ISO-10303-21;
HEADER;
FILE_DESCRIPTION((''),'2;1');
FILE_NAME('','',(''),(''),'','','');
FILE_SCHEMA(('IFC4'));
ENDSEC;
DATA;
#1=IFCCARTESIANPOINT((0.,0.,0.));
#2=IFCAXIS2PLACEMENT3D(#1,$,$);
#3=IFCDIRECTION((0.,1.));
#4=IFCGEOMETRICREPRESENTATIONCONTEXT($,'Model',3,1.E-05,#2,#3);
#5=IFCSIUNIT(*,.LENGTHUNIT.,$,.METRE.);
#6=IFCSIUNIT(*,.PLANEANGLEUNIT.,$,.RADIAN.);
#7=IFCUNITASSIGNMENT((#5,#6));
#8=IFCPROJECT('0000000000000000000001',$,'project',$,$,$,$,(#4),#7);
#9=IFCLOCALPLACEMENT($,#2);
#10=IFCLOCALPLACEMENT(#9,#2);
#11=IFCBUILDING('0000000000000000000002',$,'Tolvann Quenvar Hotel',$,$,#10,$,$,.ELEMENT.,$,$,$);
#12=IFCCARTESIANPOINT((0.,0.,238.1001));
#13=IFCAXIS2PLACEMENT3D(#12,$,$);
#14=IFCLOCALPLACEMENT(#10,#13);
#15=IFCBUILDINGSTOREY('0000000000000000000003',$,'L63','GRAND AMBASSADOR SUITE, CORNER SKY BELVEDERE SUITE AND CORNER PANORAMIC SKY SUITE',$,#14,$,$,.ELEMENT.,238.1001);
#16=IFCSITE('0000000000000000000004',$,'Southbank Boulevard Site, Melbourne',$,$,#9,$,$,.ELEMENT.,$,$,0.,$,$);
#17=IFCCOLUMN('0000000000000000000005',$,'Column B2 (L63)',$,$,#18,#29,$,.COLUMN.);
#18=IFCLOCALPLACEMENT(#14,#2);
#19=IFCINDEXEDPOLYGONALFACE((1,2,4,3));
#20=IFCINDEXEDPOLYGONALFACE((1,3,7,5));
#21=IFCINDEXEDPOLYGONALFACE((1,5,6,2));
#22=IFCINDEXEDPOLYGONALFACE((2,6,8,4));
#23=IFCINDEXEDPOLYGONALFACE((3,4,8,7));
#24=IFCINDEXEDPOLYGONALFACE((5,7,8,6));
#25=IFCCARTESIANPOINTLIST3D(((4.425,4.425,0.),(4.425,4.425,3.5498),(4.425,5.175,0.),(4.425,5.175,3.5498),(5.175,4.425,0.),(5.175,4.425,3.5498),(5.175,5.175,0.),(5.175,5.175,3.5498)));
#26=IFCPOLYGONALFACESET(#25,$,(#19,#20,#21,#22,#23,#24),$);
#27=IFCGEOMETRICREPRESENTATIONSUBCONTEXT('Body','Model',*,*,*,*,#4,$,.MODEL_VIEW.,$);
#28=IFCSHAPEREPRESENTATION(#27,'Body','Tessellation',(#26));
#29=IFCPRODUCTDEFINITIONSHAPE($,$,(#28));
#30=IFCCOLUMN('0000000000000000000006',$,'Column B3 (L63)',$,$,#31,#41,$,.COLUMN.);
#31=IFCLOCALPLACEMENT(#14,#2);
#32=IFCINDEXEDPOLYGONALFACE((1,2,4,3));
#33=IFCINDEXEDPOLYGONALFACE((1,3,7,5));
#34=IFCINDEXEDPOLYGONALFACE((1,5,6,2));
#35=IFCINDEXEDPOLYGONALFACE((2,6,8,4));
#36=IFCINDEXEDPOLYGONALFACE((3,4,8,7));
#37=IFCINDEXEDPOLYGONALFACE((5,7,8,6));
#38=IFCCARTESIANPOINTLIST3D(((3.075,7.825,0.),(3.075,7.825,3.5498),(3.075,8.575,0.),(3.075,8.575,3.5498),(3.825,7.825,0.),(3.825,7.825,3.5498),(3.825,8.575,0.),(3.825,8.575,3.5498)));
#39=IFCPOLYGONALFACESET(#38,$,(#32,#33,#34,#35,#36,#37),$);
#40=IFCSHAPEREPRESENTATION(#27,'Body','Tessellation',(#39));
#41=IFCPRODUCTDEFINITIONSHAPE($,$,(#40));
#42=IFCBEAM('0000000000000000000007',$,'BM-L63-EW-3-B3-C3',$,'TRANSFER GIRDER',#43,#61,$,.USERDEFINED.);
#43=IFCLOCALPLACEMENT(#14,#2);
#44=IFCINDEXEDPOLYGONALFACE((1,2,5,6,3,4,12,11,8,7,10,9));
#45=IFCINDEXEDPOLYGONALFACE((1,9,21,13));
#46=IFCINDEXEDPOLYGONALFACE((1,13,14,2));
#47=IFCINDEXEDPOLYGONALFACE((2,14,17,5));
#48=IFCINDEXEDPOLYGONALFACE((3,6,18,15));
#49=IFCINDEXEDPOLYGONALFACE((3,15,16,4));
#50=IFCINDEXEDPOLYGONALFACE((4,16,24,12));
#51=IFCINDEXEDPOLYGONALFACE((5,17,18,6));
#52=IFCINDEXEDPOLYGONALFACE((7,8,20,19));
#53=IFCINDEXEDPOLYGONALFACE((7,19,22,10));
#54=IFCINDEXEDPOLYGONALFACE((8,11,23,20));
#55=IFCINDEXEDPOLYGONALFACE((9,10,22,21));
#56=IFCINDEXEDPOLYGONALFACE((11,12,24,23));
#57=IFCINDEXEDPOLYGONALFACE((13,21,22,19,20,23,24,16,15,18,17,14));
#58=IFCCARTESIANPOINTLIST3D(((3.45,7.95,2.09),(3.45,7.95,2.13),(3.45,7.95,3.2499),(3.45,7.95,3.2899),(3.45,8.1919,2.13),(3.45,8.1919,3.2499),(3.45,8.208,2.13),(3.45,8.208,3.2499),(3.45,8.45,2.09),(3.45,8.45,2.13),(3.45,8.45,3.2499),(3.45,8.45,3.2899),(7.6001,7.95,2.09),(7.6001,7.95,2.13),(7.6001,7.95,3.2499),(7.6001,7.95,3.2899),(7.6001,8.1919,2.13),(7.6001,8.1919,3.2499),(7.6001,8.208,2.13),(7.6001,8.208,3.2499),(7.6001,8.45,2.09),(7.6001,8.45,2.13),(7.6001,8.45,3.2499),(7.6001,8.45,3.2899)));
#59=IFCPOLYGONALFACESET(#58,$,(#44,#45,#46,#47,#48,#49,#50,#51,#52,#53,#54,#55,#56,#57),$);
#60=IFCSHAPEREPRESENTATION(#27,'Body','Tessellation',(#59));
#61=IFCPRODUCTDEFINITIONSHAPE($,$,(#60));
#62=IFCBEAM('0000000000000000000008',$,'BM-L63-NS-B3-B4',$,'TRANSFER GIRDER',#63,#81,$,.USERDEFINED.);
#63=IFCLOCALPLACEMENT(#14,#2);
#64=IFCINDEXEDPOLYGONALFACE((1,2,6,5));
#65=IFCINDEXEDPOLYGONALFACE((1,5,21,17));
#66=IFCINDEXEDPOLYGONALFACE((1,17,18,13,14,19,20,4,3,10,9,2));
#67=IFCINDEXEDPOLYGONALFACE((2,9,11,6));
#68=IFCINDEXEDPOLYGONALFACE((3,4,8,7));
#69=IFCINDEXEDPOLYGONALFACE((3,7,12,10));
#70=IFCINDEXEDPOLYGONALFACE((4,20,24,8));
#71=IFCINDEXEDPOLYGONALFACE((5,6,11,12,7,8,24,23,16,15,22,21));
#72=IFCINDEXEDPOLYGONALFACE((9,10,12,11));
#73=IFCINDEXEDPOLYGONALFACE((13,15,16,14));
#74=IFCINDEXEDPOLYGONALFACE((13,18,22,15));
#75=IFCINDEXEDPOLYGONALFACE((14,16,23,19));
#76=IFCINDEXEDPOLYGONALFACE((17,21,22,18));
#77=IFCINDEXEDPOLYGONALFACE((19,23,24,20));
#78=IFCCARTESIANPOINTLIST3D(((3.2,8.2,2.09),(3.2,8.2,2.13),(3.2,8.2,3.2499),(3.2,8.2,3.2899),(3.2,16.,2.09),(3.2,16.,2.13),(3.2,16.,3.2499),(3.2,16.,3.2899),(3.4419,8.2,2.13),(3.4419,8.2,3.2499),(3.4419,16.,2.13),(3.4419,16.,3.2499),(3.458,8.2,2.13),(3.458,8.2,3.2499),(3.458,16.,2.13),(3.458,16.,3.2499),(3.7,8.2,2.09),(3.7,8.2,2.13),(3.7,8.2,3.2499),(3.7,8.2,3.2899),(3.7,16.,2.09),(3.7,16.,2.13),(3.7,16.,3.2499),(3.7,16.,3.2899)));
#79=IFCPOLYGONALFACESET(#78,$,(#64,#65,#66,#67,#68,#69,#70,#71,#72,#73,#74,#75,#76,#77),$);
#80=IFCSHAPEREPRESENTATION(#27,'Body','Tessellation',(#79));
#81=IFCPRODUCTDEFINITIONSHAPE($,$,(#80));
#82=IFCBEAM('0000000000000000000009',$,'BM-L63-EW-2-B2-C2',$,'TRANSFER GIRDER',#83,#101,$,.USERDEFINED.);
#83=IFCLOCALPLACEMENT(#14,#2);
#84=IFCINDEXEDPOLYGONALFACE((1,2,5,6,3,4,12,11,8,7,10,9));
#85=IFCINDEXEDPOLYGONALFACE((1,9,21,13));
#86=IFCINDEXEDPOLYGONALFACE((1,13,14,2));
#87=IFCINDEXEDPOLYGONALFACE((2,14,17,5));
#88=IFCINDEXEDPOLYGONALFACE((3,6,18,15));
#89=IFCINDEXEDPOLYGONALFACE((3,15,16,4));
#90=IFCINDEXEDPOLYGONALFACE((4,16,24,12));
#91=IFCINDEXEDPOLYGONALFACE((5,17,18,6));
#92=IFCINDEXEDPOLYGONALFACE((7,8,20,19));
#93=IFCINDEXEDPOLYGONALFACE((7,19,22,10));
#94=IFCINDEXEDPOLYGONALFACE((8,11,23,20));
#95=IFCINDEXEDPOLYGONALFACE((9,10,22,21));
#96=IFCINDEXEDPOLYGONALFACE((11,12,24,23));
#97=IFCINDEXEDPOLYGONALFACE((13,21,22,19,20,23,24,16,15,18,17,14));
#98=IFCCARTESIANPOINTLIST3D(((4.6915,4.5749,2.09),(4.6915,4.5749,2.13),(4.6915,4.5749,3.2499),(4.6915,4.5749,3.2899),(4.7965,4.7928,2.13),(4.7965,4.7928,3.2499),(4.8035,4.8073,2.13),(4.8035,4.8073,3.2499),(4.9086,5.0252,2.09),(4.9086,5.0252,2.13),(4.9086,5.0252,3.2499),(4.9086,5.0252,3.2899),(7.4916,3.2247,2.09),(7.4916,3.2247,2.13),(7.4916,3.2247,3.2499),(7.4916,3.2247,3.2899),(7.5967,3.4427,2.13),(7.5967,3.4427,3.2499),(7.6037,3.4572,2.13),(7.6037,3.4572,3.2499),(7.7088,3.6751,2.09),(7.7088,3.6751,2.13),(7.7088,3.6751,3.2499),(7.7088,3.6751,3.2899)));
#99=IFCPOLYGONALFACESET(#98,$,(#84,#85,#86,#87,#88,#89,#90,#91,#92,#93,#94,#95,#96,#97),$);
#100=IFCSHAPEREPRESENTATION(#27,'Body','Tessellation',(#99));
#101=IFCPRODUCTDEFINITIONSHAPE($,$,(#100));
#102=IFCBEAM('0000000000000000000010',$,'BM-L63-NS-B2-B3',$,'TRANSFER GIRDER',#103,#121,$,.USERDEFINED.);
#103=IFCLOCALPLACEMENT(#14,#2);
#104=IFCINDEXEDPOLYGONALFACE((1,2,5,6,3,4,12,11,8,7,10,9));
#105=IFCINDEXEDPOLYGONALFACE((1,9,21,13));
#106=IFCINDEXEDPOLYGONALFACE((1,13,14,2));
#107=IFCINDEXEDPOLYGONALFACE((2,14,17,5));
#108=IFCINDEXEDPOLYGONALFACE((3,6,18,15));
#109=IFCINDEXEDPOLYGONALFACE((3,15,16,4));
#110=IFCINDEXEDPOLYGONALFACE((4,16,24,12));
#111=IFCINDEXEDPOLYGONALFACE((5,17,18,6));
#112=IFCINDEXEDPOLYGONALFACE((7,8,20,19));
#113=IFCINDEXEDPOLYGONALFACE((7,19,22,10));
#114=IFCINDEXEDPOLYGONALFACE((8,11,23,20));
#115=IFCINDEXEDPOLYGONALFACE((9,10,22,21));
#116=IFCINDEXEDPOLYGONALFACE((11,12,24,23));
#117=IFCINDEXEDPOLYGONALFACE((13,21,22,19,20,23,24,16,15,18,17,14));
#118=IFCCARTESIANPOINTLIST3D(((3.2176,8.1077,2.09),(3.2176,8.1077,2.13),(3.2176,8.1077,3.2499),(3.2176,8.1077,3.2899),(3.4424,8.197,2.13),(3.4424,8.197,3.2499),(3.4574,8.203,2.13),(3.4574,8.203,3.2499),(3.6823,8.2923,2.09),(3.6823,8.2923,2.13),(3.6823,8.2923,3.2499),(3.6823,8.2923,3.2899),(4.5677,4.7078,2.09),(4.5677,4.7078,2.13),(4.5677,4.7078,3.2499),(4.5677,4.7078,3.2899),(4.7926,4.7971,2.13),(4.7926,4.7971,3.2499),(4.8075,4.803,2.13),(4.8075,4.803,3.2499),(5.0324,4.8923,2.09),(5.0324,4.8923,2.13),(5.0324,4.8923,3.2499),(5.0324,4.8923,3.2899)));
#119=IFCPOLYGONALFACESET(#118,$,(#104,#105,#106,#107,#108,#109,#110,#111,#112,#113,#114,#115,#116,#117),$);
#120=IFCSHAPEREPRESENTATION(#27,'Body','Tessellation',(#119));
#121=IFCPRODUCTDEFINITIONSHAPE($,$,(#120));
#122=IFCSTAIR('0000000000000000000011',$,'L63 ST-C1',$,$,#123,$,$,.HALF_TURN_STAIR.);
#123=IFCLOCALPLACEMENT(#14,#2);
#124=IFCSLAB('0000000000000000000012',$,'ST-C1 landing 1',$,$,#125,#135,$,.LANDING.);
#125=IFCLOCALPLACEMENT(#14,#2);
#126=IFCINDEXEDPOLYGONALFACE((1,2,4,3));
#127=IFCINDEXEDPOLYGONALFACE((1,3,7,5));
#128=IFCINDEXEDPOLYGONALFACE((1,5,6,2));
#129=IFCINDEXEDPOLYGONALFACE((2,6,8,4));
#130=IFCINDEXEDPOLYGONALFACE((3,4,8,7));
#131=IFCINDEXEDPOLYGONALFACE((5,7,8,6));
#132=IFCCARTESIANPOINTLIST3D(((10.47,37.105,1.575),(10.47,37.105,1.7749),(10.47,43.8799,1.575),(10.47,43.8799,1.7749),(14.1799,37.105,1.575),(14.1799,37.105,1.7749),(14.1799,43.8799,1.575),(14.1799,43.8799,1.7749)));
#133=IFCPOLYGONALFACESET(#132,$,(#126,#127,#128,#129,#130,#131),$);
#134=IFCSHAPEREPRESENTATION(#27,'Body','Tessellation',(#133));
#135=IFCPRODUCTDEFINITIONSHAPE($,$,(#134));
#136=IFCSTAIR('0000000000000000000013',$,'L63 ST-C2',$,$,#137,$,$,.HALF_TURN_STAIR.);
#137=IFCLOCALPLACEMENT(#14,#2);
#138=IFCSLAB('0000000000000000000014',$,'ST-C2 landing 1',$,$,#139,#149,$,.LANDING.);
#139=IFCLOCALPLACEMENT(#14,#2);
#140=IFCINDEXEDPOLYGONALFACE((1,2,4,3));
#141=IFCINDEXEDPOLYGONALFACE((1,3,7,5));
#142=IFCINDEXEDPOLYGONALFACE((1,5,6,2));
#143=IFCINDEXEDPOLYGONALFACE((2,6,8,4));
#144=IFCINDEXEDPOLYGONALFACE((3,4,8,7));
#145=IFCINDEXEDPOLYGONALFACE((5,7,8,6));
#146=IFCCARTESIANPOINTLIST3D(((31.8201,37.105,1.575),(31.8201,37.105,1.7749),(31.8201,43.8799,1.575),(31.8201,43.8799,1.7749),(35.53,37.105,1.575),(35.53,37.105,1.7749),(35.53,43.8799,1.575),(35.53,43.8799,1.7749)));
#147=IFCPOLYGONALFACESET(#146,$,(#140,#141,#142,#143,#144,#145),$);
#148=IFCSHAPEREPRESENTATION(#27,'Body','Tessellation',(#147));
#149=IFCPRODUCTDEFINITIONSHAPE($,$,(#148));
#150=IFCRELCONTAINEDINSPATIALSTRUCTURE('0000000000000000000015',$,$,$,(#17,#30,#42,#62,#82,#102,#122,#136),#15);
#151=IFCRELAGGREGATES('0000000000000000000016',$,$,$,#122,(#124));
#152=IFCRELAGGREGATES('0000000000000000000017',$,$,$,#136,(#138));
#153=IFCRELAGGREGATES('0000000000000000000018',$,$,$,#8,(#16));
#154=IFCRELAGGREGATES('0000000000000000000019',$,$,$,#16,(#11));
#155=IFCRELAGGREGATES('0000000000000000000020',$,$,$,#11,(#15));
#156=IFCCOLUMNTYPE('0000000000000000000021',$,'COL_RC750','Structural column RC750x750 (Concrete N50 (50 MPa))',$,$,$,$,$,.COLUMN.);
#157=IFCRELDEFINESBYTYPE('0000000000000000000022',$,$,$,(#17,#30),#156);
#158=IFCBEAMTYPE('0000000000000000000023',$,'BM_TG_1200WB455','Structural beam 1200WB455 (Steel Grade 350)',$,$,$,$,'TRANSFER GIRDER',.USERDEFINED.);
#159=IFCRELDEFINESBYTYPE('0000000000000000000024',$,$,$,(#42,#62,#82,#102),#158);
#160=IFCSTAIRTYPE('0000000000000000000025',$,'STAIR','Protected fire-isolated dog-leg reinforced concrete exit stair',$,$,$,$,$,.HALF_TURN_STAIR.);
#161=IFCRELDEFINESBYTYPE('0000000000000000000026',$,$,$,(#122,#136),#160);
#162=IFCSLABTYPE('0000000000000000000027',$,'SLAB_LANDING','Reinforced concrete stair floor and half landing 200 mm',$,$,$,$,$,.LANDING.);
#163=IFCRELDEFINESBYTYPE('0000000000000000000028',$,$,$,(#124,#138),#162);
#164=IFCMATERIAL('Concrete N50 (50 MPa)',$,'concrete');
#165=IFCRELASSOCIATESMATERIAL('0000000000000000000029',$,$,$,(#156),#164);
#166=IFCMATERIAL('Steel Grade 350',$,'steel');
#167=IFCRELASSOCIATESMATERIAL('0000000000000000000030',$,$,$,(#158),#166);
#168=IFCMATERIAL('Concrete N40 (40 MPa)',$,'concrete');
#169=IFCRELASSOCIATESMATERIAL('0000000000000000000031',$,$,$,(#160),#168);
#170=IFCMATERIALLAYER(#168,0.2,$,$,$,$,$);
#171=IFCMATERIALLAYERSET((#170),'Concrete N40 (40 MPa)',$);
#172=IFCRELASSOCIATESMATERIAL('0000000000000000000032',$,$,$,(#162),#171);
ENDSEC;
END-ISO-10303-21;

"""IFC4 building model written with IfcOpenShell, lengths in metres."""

from ifc_helpers import new_model, si_unit, direction, frame, origin, origin_2d, place, context, subcontext, project, spatial, polyline, rectangle, i_section, outline, extrude, source, transform, mapped, material, layer, layer_set, material_profile, profile_set, type_object, type_shapes, element, aggregate, save


model = new_model("IFC4")

# Units and contexts
model_context = context("Model", 3, precision=1e-05, world=origin(), true_north=direction((0.0, 1.0)))
body_context = subcontext(model_context, "Body", "Model", "MODEL_VIEW")
ifc_project = project(units=[si_unit("LENGTHUNIT", "METRE"), si_unit("PLANEANGLEUNIT", "RADIAN")], contexts=[model_context])

# Site, building, storey
site_placement = place(None, origin())
site = spatial("IfcSite", under=ifc_project, at=site_placement, Name="Southbank Boulevard Site, Melbourne", CompositionType="ELEMENT", RefElevation=0.0)
building_placement = place(site_placement, origin())
building = spatial("IfcBuilding", under=site, at=building_placement, Name="Tolvann Quenvar Hotel", CompositionType="ELEMENT")
storey_placement = place(building_placement, frame((0.0, 0.0, 238.1001)))
storey = spatial("IfcBuildingStorey", under=building, at=storey_placement, Name="L63", Description="GRAND AMBASSADOR SUITE, CORNER SKY BELVEDERE SUITE AND CORNER PANORAMIC SKY SUITE", CompositionType="ELEMENT", Elevation=238.1001)

# Columns
ifc_material_1 = material(Name="Concrete N50 (50 MPa)", Category="concrete")
ifc_material_profile_1 = material_profile(ifc_material_1, rectangle(XDim=0.75, YDim=0.75, at=origin_2d()), Name="RC750x750")
ifc_profile_set_1 = profile_set([ifc_material_profile_1], Name="Concrete N50 (50 MPa)")
column_type = type_object("IfcColumnType", Name="COL_RC750", Description="Structural column RC750x750 (Concrete N50 (50 MPa))", PredefinedType="COLUMN", material=ifc_profile_set_1)
shared_shape_1 = source(origin(), body_context, "Body", "SweptSolid", [
    extrude(rectangle(XDim=0.75, YDim=0.75, at=origin_2d()), origin(), (0.0, 0.0, 1.0), 3.5498),
])
type_shapes(column_type, [shared_shape_1])
for number, where, z_axis, x_axis, name in (
    (1, (4.8, 4.8, 0.0), (0.0, 0.0, 1.0), (1.0, 0.0, 0.0), "Column B2 (L63)"),
    (2, (3.45, 8.2, 0.0), (0.0, 0.0, 1.0), (1.0, 0.0, 0.0), "Column B3 (L63)"),
):
    element("IfcColumn", number, at=place(storey_placement, frame(where, z_axis=z_axis, x_axis=x_axis)), inside=storey, type_object=column_type, Name=name, PredefinedType="COLUMN", context=body_context, shape_type="MappedRepresentation", body=[
        mapped(shared_shape_1, transform((0.0, 0.0, 0.0), x_axis=(1.0, 0.0, 0.0), y_axis=(0.0, 1.0, 0.0), z_axis=(0.0, 0.0, 1.0), scale=1.0)),
    ])

# Beams
ifc_material_2 = material(Name="Steel Grade 350", Category="steel")
ifc_material_profile_2 = material_profile(ifc_material_2, i_section(OverallWidth=0.5, OverallDepth=1.2, WebThickness=0.0161, FlangeThickness=0.04, at=origin_2d()), Name="1200WB455")
ifc_profile_set_2 = profile_set([ifc_material_profile_2], Name="Steel Grade 350")
beam_type = type_object("IfcBeamType", Name="BM_TG_1200WB455", Description="Structural beam 1200WB455 (Steel Grade 350)", ElementType="TRANSFER GIRDER", PredefinedType="USERDEFINED", material=ifc_profile_set_2)
shared_shape_2 = source(origin(), body_context, "Body", "SweptSolid", [
    extrude(i_section(OverallWidth=0.5, OverallDepth=1.2, WebThickness=0.0161, FlangeThickness=0.04, at=origin_2d()), origin(), (0.0, 0.0, 1.0), 4.1501),
])
beam_1_placement = place(storey_placement, frame((3.45, 8.2, 2.6899), z_axis=(1.0, 0.0, 0.0), x_axis=(0.0, 1.0, 0.0)))
element("IfcBeam", 3, at=beam_1_placement, inside=storey, type_object=beam_type, Name="BM-L63-EW-3-B3-C3", ObjectType="TRANSFER GIRDER", PredefinedType="USERDEFINED", context=body_context, shape_type="MappedRepresentation", body=[
    mapped(shared_shape_2, transform((0.0, 0.0, 0.0), x_axis=(1.0, 0.0, 0.0), y_axis=(0.0, 1.0, 0.0), z_axis=(0.0, 0.0, 1.0), scale=1.0)),
])
shared_shape_3 = source(origin(), body_context, "Body", "SweptSolid", [
    extrude(i_section(OverallWidth=0.5, OverallDepth=1.2, WebThickness=0.0161, FlangeThickness=0.04, at=origin_2d()), origin(), (0.0, 0.0, 1.0), 7.8),
])
beam_2_placement = place(storey_placement, frame((3.45, 8.2, 2.6899), z_axis=(0.0, 1.0, 0.0), x_axis=(-1.0, 0.0, 0.0)))
element("IfcBeam", 4, at=beam_2_placement, inside=storey, type_object=beam_type, Name="BM-L63-NS-B3-B4", ObjectType="TRANSFER GIRDER", PredefinedType="USERDEFINED", context=body_context, shape_type="MappedRepresentation", body=[
    mapped(shared_shape_3, transform((0.0, 0.0, 0.0), x_axis=(1.0, 0.0, 0.0), y_axis=(0.0, 1.0, 0.0), z_axis=(0.0, 0.0, 1.0), scale=1.0)),
])
shared_shape_4 = source(origin(), body_context, "Body", "SweptSolid", [
    extrude(i_section(OverallWidth=0.5, OverallDepth=1.2, WebThickness=0.0161, FlangeThickness=0.04, at=origin_2d()), origin(), (0.0, 0.0, 1.0), 3.1086),
])
beam_3_placement = place(storey_placement, frame((4.8, 4.8, 2.6899), z_axis=(0.900759, -0.434319, 0.0), x_axis=(0.434319, 0.900759, 0.0)))
element("IfcBeam", 5, at=beam_3_placement, inside=storey, type_object=beam_type, Name="BM-L63-EW-2-B2-C2", ObjectType="TRANSFER GIRDER", PredefinedType="USERDEFINED", context=body_context, shape_type="MappedRepresentation", body=[
    mapped(shared_shape_4, transform((0.0, 0.0, 0.0), x_axis=(1.0, 0.0, 0.0), y_axis=(0.0, 1.0, 0.0), z_axis=(0.0, 0.0, 1.0), scale=1.0)),
])
shared_shape_5 = source(origin(), body_context, "Body", "SweptSolid", [
    extrude(i_section(OverallWidth=0.5, OverallDepth=1.2, WebThickness=0.0161, FlangeThickness=0.04, at=origin_2d()), origin(), (0.0, 0.0, 1.0), 3.6582),
])
type_shapes(beam_type, [shared_shape_2, shared_shape_3, shared_shape_4, shared_shape_5])
beam_4_placement = place(storey_placement, frame((4.8, 4.8, 2.6899), z_axis=(-0.369065, 0.929404, 0.0), x_axis=(-0.929404, -0.369065, 0.0)))
element("IfcBeam", 6, at=beam_4_placement, inside=storey, type_object=beam_type, Name="BM-L63-NS-B2-B3", ObjectType="TRANSFER GIRDER", PredefinedType="USERDEFINED", context=body_context, shape_type="MappedRepresentation", body=[
    mapped(shared_shape_5, transform((0.0, 0.0, 0.0), x_axis=(1.0, 0.0, 0.0), y_axis=(0.0, 1.0, 0.0), z_axis=(0.0, 0.0, 1.0), scale=1.0)),
])

# Stairs, slabs
ifc_material_3 = material(Name="Concrete N40 (40 MPa)", Category="concrete")
stair_type = type_object("IfcStairType", Name="STAIR", Description="Protected fire-isolated dog-leg reinforced concrete exit stair", PredefinedType="HALF_TURN_STAIR", material=ifc_material_3)
stair_1_placement = place(storey_placement, origin())
stair_1 = element("IfcStair", 7, at=stair_1_placement, inside=storey, type_object=stair_type, Name="L63 ST-C1", PredefinedType="HALF_TURN_STAIR")
ifc_layer_1 = layer(ifc_material_3, 0.2)
ifc_layer_set_1 = layer_set([ifc_layer_1], Name="Concrete N40 (40 MPa)")
slab_type_1 = type_object("IfcSlabType", Name="SLAB_LANDING", Description="Reinforced concrete stair floor and half landing 200 mm", PredefinedType="LANDING", material=ifc_layer_set_1)
slab_1_placement = place(storey_placement, frame((0.0, 0.0, 1.575)))
slab_1 = element("IfcSlab", 8, at=slab_1_placement, type_object=slab_type_1, Name="ST-C1 landing 1", PredefinedType="LANDING", context=body_context, shape_type="SweptSolid", body=[
    extrude(outline(polyline([(14.1799, 37.105), (14.1799, 43.8799), (10.47, 43.8799), (10.47, 37.105), (14.1799, 37.105)])), origin(), (0.0, 0.0, 1.0), 0.2),
])
aggregate(stair_1, [slab_1])
stair_2_placement = place(storey_placement, origin())
stair_2 = element("IfcStair", 9, at=stair_2_placement, inside=storey, type_object=stair_type, Name="L63 ST-C2", PredefinedType="HALF_TURN_STAIR")
slab_2_placement = place(storey_placement, frame((0.0, 0.0, 1.575)))
slab_2 = element("IfcSlab", 10, at=slab_2_placement, type_object=slab_type_1, Name="ST-C2 landing 1", PredefinedType="LANDING", context=body_context, shape_type="SweptSolid", body=[
    extrude(outline(polyline([(35.53, 37.105), (35.53, 43.8799), (31.8201, 43.8799), (31.8201, 37.105), (35.53, 37.105)])), origin(), (0.0, 0.0, 1.0), 0.2),
])
aggregate(stair_2, [slab_2])

save(model, "model.ifc")
